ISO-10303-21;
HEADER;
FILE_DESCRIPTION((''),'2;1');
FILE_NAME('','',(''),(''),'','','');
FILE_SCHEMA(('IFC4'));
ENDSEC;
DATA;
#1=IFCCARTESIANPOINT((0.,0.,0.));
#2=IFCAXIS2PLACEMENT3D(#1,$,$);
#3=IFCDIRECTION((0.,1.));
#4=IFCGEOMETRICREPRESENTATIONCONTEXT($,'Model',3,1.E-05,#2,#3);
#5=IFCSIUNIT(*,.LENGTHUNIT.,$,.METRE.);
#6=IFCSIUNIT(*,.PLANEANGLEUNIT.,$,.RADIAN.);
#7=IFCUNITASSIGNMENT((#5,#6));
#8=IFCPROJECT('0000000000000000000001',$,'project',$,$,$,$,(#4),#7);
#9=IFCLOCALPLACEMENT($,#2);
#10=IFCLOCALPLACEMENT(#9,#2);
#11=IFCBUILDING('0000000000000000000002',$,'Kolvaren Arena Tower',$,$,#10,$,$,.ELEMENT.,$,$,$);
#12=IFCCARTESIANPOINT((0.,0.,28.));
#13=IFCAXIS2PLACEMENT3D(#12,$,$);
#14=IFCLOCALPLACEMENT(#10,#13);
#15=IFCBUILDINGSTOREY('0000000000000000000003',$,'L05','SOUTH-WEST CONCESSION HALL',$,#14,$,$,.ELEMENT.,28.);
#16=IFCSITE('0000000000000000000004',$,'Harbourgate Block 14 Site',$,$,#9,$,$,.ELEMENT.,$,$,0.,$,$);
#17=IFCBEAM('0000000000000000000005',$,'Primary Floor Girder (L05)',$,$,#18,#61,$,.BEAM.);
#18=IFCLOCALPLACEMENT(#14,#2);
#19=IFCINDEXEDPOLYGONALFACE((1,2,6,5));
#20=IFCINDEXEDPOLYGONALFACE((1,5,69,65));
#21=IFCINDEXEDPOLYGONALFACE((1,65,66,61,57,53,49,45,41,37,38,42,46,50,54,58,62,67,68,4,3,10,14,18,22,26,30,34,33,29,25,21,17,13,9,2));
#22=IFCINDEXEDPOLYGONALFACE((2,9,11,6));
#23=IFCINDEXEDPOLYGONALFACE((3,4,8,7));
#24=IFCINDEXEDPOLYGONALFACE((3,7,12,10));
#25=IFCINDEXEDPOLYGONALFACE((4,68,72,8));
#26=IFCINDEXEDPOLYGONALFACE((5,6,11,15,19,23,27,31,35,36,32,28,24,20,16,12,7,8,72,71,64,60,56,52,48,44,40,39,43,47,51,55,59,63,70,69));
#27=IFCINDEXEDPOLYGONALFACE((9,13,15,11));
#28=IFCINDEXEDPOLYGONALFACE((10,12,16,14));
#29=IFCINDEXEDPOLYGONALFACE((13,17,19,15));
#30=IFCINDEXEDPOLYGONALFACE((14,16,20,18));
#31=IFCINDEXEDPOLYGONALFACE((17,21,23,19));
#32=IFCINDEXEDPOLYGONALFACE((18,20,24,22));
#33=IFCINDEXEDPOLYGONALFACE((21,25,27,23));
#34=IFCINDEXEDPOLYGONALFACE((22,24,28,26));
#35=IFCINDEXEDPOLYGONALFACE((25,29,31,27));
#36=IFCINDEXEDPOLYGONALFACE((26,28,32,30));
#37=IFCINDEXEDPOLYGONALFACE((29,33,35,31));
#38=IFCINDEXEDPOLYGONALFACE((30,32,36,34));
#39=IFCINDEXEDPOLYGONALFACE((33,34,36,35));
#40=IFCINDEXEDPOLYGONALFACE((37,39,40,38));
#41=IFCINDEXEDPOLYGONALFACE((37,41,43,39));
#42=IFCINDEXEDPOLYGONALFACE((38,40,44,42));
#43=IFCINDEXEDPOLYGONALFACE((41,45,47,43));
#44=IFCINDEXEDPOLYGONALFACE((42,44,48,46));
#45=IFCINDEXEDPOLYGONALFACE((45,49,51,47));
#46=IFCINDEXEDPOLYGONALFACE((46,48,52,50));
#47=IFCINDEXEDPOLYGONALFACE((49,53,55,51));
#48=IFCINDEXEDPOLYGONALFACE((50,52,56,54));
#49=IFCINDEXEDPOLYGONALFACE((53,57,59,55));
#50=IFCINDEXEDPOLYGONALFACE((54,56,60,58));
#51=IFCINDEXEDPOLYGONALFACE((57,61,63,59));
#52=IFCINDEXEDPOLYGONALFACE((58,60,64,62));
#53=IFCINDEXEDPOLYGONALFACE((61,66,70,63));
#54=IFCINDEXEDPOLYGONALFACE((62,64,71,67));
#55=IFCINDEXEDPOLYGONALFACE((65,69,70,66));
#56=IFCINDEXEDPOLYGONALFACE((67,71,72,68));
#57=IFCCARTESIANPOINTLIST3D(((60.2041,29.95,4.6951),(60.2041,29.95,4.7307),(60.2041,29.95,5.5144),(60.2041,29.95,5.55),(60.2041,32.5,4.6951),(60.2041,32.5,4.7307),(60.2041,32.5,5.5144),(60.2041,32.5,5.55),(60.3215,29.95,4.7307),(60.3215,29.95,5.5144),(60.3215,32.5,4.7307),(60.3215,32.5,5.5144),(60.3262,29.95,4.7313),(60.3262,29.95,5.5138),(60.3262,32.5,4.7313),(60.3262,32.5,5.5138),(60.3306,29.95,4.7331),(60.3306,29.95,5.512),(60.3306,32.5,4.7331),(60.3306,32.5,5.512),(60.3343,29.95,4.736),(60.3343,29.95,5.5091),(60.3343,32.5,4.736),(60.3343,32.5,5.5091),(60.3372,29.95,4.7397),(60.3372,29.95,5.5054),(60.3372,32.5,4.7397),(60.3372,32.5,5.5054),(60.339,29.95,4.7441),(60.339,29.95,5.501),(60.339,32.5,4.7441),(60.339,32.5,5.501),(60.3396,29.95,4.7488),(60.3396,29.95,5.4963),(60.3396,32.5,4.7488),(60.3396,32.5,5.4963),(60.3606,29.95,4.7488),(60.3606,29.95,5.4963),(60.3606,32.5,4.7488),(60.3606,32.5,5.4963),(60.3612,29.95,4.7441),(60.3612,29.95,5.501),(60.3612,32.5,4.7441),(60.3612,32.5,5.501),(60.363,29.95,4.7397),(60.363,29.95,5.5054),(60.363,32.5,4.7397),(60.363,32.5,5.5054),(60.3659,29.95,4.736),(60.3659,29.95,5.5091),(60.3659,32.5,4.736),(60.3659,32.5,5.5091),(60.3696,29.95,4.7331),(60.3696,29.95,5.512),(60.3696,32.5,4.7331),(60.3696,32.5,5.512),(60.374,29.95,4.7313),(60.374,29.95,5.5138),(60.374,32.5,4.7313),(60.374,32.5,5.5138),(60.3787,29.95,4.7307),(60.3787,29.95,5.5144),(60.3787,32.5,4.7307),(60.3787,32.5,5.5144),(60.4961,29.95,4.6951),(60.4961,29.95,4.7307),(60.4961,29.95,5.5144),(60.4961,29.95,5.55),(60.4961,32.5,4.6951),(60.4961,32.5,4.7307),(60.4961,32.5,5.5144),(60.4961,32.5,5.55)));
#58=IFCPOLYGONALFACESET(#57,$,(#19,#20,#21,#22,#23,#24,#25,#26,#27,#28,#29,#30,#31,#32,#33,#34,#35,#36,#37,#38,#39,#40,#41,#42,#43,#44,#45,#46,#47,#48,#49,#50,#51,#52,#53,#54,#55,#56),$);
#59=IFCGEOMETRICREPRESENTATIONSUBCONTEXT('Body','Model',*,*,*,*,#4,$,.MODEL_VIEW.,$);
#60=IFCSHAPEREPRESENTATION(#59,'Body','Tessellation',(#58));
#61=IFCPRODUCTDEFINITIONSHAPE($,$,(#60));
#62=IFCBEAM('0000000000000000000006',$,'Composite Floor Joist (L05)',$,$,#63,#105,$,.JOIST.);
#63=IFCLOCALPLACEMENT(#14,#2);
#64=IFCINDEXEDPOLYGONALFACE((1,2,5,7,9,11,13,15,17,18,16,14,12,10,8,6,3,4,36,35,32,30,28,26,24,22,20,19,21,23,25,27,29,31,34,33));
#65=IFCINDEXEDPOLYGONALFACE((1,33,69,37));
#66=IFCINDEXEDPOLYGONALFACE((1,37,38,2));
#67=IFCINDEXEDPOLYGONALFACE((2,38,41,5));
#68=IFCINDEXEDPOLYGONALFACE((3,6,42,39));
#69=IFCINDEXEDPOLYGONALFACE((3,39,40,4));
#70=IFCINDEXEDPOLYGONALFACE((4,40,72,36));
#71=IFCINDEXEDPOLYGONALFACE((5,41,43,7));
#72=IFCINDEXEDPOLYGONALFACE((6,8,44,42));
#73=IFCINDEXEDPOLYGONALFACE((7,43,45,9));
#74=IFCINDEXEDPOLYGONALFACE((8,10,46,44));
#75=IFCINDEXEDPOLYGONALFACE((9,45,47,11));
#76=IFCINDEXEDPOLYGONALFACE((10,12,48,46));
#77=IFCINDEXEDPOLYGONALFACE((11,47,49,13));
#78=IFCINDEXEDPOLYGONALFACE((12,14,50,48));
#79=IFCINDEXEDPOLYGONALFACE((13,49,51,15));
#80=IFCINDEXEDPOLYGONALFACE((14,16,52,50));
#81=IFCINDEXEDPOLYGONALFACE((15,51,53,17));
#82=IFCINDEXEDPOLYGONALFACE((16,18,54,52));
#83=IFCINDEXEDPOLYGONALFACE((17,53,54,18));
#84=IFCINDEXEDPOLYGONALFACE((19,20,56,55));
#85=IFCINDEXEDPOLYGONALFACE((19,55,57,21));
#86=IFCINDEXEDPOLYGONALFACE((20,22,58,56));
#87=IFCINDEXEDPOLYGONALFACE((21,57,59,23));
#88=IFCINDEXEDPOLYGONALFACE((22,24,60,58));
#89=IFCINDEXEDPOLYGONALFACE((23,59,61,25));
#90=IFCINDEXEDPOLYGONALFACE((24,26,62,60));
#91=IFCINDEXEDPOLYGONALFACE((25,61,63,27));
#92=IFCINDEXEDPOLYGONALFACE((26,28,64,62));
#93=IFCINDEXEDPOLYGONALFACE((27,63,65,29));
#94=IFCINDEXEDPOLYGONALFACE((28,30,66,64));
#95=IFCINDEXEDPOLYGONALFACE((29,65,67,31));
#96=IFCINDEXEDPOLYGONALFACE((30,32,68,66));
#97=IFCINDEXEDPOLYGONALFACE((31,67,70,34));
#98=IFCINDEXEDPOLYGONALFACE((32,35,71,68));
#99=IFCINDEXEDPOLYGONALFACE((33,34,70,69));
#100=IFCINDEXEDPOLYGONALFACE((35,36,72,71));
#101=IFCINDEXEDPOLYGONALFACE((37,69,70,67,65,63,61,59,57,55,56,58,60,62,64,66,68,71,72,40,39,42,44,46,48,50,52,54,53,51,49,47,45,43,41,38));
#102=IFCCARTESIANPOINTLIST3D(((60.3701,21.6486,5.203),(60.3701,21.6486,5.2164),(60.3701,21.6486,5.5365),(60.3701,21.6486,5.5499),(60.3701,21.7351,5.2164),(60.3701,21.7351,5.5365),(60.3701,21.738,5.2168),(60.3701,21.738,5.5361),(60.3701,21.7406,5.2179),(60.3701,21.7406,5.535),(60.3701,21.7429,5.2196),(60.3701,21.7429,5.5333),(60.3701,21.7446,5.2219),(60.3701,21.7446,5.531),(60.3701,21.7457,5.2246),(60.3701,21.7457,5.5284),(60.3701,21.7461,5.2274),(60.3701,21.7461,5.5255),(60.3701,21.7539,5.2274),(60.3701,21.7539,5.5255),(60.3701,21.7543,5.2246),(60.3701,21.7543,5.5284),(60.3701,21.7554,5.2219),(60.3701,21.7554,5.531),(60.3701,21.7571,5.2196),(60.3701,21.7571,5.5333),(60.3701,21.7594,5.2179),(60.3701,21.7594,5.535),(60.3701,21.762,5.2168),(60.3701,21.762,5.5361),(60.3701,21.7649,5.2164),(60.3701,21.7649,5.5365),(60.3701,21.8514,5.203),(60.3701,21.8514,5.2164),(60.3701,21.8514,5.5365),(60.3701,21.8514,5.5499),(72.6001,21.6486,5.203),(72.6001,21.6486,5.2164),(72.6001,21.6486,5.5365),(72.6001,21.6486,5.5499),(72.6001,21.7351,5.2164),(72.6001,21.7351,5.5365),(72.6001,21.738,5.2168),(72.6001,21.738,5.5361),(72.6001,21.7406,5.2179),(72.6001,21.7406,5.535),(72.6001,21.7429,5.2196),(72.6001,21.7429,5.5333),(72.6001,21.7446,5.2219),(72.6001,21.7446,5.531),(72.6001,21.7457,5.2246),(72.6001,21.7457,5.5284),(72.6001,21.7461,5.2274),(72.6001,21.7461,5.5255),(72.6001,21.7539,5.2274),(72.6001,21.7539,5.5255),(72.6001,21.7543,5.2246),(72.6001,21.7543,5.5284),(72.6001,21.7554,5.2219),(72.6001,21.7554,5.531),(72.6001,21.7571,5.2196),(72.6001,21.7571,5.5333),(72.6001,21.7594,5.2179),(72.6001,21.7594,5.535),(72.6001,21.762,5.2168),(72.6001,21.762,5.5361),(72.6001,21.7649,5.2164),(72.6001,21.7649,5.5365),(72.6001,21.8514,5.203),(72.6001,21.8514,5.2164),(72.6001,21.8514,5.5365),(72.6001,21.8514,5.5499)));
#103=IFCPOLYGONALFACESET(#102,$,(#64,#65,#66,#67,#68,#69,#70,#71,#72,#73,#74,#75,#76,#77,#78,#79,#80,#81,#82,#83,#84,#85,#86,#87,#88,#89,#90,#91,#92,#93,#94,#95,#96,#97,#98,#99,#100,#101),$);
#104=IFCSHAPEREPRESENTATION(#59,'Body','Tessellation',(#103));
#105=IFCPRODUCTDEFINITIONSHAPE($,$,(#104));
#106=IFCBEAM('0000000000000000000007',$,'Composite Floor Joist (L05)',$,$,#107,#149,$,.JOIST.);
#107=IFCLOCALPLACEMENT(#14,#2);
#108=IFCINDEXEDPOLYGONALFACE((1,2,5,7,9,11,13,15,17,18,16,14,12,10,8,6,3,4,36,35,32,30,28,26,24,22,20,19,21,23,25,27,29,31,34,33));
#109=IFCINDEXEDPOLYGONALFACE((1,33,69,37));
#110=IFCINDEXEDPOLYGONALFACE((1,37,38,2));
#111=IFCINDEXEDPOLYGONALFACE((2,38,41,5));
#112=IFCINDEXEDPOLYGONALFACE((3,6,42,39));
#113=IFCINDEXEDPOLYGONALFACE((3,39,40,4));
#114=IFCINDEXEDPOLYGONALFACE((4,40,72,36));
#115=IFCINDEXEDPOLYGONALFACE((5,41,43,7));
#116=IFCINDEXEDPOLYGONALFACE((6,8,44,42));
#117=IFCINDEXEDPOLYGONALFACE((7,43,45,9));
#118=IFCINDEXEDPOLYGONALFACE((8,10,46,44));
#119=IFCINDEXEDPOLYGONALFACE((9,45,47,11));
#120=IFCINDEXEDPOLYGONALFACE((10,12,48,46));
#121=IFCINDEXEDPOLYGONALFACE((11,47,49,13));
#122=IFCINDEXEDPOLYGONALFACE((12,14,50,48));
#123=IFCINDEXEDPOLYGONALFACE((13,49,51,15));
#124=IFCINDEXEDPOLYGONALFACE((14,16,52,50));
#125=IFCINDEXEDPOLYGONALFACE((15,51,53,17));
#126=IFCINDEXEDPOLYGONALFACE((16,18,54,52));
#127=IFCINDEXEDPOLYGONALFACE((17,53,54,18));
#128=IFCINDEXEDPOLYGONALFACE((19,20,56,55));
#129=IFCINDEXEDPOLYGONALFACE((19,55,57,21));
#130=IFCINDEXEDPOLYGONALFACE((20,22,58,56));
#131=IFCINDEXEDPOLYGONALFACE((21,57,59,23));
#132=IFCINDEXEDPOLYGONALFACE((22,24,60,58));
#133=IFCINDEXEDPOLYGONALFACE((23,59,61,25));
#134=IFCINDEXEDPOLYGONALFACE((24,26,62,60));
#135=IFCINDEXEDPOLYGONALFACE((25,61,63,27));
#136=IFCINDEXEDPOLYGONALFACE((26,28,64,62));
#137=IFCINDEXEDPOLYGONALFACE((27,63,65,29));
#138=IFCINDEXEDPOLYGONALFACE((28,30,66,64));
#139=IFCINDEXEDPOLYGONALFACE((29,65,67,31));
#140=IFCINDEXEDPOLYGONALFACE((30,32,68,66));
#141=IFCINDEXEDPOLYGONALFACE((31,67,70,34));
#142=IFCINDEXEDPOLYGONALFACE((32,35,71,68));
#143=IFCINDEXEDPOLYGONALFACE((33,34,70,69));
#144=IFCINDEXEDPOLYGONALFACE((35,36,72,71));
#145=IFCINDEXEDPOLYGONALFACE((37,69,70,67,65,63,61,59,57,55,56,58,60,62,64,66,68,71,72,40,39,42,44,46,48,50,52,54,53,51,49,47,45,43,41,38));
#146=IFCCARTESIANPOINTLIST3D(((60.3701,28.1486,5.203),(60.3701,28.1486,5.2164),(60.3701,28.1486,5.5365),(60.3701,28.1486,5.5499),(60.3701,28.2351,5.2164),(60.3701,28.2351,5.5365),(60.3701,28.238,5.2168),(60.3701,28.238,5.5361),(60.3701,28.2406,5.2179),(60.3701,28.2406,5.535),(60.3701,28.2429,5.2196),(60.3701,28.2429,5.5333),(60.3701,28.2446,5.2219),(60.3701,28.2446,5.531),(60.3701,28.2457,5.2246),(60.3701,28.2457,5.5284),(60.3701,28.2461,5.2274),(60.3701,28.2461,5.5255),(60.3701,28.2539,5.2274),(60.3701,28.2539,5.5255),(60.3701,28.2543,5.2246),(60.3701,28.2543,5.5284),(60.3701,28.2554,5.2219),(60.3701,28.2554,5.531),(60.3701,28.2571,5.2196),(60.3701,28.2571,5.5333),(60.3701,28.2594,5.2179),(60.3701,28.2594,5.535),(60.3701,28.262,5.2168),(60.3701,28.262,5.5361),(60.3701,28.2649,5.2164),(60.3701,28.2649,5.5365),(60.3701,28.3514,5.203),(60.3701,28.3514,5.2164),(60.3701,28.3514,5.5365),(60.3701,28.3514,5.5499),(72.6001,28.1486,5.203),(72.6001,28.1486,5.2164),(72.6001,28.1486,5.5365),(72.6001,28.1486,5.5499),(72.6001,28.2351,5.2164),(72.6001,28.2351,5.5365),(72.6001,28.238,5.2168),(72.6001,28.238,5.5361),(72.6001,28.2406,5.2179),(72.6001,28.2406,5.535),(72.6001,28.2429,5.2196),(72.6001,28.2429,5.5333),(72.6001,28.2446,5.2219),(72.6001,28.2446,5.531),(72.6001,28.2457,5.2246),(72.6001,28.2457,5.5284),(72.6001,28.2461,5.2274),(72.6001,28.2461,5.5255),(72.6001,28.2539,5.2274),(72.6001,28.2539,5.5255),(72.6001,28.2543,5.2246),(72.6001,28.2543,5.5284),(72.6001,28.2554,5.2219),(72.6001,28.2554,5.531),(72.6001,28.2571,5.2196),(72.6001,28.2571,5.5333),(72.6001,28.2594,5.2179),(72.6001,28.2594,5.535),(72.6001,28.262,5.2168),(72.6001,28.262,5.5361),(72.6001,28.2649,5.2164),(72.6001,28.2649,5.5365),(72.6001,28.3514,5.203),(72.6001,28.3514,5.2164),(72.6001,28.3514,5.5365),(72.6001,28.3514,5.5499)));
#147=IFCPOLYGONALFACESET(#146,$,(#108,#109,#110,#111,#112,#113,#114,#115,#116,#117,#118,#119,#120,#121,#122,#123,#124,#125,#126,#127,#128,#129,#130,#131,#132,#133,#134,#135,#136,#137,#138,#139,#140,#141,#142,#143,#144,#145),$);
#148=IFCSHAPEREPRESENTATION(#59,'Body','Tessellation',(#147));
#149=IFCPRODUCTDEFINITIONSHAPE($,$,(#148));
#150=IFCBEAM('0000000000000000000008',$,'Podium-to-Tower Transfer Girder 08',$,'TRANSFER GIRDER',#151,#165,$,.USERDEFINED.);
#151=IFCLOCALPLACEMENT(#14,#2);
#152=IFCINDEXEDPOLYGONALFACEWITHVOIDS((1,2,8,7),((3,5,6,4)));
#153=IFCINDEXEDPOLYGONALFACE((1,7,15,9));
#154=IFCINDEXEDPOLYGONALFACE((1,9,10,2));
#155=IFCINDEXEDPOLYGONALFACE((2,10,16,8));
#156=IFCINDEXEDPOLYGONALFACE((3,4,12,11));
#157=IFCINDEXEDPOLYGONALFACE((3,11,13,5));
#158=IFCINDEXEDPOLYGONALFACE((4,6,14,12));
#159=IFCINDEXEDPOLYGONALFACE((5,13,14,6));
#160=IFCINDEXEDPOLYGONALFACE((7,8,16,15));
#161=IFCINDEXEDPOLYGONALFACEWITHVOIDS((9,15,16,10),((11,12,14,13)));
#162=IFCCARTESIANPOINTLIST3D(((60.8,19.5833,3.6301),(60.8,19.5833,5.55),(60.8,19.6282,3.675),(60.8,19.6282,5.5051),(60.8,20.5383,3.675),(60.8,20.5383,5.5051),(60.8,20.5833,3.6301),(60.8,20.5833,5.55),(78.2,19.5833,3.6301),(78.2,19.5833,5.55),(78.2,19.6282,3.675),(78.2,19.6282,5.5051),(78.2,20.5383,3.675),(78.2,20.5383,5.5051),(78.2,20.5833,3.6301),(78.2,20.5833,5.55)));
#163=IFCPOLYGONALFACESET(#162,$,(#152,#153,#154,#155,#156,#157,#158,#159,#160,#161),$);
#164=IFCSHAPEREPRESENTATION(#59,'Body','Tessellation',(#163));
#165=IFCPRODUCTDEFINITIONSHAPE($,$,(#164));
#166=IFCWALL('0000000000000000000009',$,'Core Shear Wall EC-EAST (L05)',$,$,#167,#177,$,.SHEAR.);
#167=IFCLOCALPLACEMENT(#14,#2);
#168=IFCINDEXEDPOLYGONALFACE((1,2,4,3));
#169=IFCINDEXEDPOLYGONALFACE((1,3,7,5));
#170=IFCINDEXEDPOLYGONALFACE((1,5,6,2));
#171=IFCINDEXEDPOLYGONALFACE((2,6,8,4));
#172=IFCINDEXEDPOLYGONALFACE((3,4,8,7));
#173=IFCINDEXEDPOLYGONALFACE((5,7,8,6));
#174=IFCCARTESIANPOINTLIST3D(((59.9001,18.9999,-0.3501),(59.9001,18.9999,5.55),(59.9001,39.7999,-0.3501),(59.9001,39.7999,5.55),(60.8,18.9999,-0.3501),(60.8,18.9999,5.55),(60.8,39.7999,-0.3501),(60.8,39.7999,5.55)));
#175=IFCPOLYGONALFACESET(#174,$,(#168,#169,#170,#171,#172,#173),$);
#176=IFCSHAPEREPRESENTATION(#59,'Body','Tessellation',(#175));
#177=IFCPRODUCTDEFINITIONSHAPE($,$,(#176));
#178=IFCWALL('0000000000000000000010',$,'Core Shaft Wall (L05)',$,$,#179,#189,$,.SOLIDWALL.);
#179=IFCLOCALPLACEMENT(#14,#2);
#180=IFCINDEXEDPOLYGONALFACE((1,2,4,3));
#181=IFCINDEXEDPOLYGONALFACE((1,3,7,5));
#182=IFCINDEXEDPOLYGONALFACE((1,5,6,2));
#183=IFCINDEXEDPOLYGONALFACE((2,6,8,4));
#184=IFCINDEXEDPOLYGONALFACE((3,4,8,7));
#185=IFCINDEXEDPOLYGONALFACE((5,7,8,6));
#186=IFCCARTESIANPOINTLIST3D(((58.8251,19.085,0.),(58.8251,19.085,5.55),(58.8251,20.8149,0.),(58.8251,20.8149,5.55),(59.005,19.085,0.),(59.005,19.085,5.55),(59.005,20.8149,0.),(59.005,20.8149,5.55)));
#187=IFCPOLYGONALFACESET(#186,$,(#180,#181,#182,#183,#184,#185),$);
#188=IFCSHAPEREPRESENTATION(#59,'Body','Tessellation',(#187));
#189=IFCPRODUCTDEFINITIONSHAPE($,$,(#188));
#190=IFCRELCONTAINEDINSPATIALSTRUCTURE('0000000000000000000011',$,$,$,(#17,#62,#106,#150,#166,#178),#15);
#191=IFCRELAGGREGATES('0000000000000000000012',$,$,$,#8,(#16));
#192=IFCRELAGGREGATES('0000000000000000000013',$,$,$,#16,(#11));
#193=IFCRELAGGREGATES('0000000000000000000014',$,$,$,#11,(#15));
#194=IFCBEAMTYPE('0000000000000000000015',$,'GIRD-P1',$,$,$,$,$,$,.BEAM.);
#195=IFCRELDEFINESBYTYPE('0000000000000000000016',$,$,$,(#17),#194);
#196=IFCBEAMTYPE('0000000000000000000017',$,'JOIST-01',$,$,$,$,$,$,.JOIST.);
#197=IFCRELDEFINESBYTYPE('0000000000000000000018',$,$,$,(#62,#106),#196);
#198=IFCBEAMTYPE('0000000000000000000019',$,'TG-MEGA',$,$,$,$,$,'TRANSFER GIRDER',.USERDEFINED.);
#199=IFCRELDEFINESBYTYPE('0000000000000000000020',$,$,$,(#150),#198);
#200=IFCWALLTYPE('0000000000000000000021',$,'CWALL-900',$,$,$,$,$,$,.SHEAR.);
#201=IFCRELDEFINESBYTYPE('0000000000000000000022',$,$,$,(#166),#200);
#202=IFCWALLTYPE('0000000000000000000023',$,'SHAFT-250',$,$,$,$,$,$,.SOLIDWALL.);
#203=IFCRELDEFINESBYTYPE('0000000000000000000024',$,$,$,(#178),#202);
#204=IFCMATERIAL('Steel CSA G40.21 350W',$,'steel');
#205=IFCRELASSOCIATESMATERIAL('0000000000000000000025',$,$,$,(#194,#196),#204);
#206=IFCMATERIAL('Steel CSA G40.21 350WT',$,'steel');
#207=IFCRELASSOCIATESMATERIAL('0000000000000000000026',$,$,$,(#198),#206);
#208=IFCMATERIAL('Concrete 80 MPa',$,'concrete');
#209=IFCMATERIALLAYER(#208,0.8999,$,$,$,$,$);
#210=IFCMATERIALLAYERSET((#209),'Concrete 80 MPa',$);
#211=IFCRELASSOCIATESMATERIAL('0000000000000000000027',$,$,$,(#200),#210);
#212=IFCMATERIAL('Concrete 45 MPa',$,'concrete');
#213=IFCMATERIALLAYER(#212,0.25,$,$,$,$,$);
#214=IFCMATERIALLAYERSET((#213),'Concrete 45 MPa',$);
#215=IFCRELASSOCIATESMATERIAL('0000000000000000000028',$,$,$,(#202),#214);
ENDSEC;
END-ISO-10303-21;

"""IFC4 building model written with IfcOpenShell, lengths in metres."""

from ifc_helpers import new_model, si_unit, direction, frame, frame_2d, origin, origin_2d, place, context, subcontext, project, spatial, rectangle, hollow_rectangle, i_section, extrude, material, layer, layer_set, material_profile, profile_set, type_object, element, save


model = new_model("IFC4")

# Units and contexts
model_context = context("Model", 3, precision=1e-05, world=origin(), true_north=direction((0.0, 1.0)))
body_context = subcontext(model_context, "Body", "Model", "MODEL_VIEW")
ifc_project = project(units=[si_unit("LENGTHUNIT", "METRE"), si_unit("PLANEANGLEUNIT", "RADIAN")], contexts=[model_context])

# Site, building, storey
site_placement = place(None, origin())
site = spatial("IfcSite", under=ifc_project, at=site_placement, Name="Harbourgate Block 14 Site", CompositionType="ELEMENT", RefElevation=0.0)
building_placement = place(site_placement, origin())
building = spatial("IfcBuilding", under=site, at=building_placement, Name="Kolvaren Arena Tower", CompositionType="ELEMENT")
storey_placement = place(building_placement, frame((0.0, 0.0, 28.0)))
storey = spatial("IfcBuildingStorey", under=building, at=storey_placement, Name="L05", Description="SOUTH-WEST CONCESSION HALL", CompositionType="ELEMENT", Elevation=28.0)

# Beams
ifc_material_1 = material(Name="Steel CSA G40.21 350W", Category="steel")
ifc_material_profile_1 = material_profile(ifc_material_1, i_section(OverallWidth=0.292, OverallDepth=0.855, WebThickness=0.021, FlangeThickness=0.0356, FilletRadius=0.0181, at=origin_2d()), Name="W840x299")
ifc_profile_set_1 = profile_set([ifc_material_profile_1], Name="Steel CSA G40.21 350W")
beam_type_1 = type_object("IfcBeamType", Name="GIRD-P1", PredefinedType="BEAM", material=ifc_profile_set_1)
beam_1_placement = place(storey_placement, frame((60.3501, 29.95, 5.1226), z_axis=(0.0, 1.0, 0.0), x_axis=(-1.0, 0.0, 0.0)))
element("IfcBeam", 1, at=beam_1_placement, inside=storey, type_object=beam_type_1, Name="Primary Floor Girder (L05)", PredefinedType="BEAM", context=body_context, shape_type="SweptSolid", body=[
    extrude(i_section(OverallWidth=0.292, OverallDepth=0.855, WebThickness=0.021, FlangeThickness=0.0356, FilletRadius=0.0181, at=origin_2d()), origin(), (0.0, 0.0, 1.0), 2.55),
])
ifc_material_profile_2 = material_profile(ifc_material_1, i_section(OverallWidth=0.2029, OverallDepth=0.3469, WebThickness=0.0078, FlangeThickness=0.0134, FilletRadius=0.011, at=origin_2d()), Name="W360x64")
ifc_profile_set_2 = profile_set([ifc_material_profile_2], Name="Steel CSA G40.21 350W")
beam_type_2 = type_object("IfcBeamType", Name="JOIST-01", PredefinedType="JOIST", material=ifc_profile_set_2)
for number, where, z_axis, x_axis, name in (
    (2, (60.3701, 21.75, 5.3765), (1.0, 0.0, 0.0), (0.0, 1.0, 0.0), "Composite Floor Joist (L05)"),
    (3, (60.3701, 28.25, 5.3765), (1.0, 0.0, 0.0), (0.0, 1.0, 0.0), "Composite Floor Joist (L05)"),
):
    element("IfcBeam", number, at=place(storey_placement, frame(where, z_axis=z_axis, x_axis=x_axis)), inside=storey, type_object=beam_type_2, Name=name, PredefinedType="JOIST", context=body_context, shape_type="SweptSolid", body=[
        extrude(i_section(OverallWidth=0.2029, OverallDepth=0.3469, WebThickness=0.0078, FlangeThickness=0.0134, FilletRadius=0.011, at=origin_2d()), origin(), (0.0, 0.0, 1.0), 12.23),
    ])
ifc_material_2 = material(Name="Steel CSA G40.21 350WT", Category="steel")
ifc_material_profile_3 = material_profile(ifc_material_2, hollow_rectangle(XDim=1.0, YDim=1.9199, WallThickness=0.0449, at=origin_2d()), Name="BOX 1000x1920x45")
ifc_profile_set_3 = profile_set([ifc_material_profile_3], Name="Steel CSA G40.21 350WT")
beam_type_3 = type_object("IfcBeamType", Name="TG-MEGA", ElementType="TRANSFER GIRDER", PredefinedType="USERDEFINED", material=ifc_profile_set_3)
beam_2_placement = place(storey_placement, frame((60.8, 20.0833, 4.5901), z_axis=(1.0, 0.0, 0.0), x_axis=(0.0, 1.0, 0.0)))
element("IfcBeam", 4, at=beam_2_placement, inside=storey, type_object=beam_type_3, Name="Podium-to-Tower Transfer Girder 08", ObjectType="TRANSFER GIRDER", PredefinedType="USERDEFINED", context=body_context, shape_type="SweptSolid", body=[
    extrude(hollow_rectangle(XDim=1.0, YDim=1.9199, WallThickness=0.0449, at=origin_2d()), origin(), (0.0, 0.0, 1.0), 17.3999),
])

# Walls
ifc_material_3 = material(Name="Concrete 80 MPa", Category="concrete")
ifc_layer_1 = layer(ifc_material_3, 0.8999)
ifc_layer_set_1 = layer_set([ifc_layer_1], Name="Concrete 80 MPa")
wall_type_1 = type_object("IfcWallType", Name="CWALL-900", PredefinedType="SHEAR", material=ifc_layer_set_1)
wall_1_placement = place(storey_placement, frame((60.3501, 19.0, -0.3501), z_axis=(0.0, 0.0, 1.0), x_axis=(0.0, 1.0, 0.0)))
element("IfcWall", 5, at=wall_1_placement, inside=storey, type_object=wall_type_1, Name="Core Shear Wall EC-EAST (L05)", PredefinedType="SHEAR", context=body_context, shape_type="SweptSolid", body=[
    extrude(rectangle(XDim=20.8, YDim=0.8999, at=frame_2d((10.3999, 0.0))), origin(), (0.0, 0.0, 1.0), 5.9001),
])
ifc_material_4 = material(Name="Concrete 45 MPa", Category="concrete")
ifc_layer_2 = layer(ifc_material_4, 0.25)
ifc_layer_set_2 = layer_set([ifc_layer_2], Name="Concrete 45 MPa")
wall_type_2 = type_object("IfcWallType", Name="SHAFT-250", PredefinedType="SOLIDWALL", material=ifc_layer_set_2)
wall_2_placement = place(storey_placement, frame((58.915, 19.085, 0.0), z_axis=(0.0, 0.0, 1.0), x_axis=(0.0, 1.0, 0.0)))
element("IfcWall", 6, at=wall_2_placement, inside=storey, type_object=wall_type_2, Name="Core Shaft Wall (L05)", PredefinedType="SOLIDWALL", context=body_context, shape_type="SweptSolid", body=[
    extrude(rectangle(XDim=1.73, YDim=0.1799, at=frame_2d((0.865, 0.0))), origin(), (0.0, 0.0, 1.0), 5.55),
])

save(model, "model.ifc")
